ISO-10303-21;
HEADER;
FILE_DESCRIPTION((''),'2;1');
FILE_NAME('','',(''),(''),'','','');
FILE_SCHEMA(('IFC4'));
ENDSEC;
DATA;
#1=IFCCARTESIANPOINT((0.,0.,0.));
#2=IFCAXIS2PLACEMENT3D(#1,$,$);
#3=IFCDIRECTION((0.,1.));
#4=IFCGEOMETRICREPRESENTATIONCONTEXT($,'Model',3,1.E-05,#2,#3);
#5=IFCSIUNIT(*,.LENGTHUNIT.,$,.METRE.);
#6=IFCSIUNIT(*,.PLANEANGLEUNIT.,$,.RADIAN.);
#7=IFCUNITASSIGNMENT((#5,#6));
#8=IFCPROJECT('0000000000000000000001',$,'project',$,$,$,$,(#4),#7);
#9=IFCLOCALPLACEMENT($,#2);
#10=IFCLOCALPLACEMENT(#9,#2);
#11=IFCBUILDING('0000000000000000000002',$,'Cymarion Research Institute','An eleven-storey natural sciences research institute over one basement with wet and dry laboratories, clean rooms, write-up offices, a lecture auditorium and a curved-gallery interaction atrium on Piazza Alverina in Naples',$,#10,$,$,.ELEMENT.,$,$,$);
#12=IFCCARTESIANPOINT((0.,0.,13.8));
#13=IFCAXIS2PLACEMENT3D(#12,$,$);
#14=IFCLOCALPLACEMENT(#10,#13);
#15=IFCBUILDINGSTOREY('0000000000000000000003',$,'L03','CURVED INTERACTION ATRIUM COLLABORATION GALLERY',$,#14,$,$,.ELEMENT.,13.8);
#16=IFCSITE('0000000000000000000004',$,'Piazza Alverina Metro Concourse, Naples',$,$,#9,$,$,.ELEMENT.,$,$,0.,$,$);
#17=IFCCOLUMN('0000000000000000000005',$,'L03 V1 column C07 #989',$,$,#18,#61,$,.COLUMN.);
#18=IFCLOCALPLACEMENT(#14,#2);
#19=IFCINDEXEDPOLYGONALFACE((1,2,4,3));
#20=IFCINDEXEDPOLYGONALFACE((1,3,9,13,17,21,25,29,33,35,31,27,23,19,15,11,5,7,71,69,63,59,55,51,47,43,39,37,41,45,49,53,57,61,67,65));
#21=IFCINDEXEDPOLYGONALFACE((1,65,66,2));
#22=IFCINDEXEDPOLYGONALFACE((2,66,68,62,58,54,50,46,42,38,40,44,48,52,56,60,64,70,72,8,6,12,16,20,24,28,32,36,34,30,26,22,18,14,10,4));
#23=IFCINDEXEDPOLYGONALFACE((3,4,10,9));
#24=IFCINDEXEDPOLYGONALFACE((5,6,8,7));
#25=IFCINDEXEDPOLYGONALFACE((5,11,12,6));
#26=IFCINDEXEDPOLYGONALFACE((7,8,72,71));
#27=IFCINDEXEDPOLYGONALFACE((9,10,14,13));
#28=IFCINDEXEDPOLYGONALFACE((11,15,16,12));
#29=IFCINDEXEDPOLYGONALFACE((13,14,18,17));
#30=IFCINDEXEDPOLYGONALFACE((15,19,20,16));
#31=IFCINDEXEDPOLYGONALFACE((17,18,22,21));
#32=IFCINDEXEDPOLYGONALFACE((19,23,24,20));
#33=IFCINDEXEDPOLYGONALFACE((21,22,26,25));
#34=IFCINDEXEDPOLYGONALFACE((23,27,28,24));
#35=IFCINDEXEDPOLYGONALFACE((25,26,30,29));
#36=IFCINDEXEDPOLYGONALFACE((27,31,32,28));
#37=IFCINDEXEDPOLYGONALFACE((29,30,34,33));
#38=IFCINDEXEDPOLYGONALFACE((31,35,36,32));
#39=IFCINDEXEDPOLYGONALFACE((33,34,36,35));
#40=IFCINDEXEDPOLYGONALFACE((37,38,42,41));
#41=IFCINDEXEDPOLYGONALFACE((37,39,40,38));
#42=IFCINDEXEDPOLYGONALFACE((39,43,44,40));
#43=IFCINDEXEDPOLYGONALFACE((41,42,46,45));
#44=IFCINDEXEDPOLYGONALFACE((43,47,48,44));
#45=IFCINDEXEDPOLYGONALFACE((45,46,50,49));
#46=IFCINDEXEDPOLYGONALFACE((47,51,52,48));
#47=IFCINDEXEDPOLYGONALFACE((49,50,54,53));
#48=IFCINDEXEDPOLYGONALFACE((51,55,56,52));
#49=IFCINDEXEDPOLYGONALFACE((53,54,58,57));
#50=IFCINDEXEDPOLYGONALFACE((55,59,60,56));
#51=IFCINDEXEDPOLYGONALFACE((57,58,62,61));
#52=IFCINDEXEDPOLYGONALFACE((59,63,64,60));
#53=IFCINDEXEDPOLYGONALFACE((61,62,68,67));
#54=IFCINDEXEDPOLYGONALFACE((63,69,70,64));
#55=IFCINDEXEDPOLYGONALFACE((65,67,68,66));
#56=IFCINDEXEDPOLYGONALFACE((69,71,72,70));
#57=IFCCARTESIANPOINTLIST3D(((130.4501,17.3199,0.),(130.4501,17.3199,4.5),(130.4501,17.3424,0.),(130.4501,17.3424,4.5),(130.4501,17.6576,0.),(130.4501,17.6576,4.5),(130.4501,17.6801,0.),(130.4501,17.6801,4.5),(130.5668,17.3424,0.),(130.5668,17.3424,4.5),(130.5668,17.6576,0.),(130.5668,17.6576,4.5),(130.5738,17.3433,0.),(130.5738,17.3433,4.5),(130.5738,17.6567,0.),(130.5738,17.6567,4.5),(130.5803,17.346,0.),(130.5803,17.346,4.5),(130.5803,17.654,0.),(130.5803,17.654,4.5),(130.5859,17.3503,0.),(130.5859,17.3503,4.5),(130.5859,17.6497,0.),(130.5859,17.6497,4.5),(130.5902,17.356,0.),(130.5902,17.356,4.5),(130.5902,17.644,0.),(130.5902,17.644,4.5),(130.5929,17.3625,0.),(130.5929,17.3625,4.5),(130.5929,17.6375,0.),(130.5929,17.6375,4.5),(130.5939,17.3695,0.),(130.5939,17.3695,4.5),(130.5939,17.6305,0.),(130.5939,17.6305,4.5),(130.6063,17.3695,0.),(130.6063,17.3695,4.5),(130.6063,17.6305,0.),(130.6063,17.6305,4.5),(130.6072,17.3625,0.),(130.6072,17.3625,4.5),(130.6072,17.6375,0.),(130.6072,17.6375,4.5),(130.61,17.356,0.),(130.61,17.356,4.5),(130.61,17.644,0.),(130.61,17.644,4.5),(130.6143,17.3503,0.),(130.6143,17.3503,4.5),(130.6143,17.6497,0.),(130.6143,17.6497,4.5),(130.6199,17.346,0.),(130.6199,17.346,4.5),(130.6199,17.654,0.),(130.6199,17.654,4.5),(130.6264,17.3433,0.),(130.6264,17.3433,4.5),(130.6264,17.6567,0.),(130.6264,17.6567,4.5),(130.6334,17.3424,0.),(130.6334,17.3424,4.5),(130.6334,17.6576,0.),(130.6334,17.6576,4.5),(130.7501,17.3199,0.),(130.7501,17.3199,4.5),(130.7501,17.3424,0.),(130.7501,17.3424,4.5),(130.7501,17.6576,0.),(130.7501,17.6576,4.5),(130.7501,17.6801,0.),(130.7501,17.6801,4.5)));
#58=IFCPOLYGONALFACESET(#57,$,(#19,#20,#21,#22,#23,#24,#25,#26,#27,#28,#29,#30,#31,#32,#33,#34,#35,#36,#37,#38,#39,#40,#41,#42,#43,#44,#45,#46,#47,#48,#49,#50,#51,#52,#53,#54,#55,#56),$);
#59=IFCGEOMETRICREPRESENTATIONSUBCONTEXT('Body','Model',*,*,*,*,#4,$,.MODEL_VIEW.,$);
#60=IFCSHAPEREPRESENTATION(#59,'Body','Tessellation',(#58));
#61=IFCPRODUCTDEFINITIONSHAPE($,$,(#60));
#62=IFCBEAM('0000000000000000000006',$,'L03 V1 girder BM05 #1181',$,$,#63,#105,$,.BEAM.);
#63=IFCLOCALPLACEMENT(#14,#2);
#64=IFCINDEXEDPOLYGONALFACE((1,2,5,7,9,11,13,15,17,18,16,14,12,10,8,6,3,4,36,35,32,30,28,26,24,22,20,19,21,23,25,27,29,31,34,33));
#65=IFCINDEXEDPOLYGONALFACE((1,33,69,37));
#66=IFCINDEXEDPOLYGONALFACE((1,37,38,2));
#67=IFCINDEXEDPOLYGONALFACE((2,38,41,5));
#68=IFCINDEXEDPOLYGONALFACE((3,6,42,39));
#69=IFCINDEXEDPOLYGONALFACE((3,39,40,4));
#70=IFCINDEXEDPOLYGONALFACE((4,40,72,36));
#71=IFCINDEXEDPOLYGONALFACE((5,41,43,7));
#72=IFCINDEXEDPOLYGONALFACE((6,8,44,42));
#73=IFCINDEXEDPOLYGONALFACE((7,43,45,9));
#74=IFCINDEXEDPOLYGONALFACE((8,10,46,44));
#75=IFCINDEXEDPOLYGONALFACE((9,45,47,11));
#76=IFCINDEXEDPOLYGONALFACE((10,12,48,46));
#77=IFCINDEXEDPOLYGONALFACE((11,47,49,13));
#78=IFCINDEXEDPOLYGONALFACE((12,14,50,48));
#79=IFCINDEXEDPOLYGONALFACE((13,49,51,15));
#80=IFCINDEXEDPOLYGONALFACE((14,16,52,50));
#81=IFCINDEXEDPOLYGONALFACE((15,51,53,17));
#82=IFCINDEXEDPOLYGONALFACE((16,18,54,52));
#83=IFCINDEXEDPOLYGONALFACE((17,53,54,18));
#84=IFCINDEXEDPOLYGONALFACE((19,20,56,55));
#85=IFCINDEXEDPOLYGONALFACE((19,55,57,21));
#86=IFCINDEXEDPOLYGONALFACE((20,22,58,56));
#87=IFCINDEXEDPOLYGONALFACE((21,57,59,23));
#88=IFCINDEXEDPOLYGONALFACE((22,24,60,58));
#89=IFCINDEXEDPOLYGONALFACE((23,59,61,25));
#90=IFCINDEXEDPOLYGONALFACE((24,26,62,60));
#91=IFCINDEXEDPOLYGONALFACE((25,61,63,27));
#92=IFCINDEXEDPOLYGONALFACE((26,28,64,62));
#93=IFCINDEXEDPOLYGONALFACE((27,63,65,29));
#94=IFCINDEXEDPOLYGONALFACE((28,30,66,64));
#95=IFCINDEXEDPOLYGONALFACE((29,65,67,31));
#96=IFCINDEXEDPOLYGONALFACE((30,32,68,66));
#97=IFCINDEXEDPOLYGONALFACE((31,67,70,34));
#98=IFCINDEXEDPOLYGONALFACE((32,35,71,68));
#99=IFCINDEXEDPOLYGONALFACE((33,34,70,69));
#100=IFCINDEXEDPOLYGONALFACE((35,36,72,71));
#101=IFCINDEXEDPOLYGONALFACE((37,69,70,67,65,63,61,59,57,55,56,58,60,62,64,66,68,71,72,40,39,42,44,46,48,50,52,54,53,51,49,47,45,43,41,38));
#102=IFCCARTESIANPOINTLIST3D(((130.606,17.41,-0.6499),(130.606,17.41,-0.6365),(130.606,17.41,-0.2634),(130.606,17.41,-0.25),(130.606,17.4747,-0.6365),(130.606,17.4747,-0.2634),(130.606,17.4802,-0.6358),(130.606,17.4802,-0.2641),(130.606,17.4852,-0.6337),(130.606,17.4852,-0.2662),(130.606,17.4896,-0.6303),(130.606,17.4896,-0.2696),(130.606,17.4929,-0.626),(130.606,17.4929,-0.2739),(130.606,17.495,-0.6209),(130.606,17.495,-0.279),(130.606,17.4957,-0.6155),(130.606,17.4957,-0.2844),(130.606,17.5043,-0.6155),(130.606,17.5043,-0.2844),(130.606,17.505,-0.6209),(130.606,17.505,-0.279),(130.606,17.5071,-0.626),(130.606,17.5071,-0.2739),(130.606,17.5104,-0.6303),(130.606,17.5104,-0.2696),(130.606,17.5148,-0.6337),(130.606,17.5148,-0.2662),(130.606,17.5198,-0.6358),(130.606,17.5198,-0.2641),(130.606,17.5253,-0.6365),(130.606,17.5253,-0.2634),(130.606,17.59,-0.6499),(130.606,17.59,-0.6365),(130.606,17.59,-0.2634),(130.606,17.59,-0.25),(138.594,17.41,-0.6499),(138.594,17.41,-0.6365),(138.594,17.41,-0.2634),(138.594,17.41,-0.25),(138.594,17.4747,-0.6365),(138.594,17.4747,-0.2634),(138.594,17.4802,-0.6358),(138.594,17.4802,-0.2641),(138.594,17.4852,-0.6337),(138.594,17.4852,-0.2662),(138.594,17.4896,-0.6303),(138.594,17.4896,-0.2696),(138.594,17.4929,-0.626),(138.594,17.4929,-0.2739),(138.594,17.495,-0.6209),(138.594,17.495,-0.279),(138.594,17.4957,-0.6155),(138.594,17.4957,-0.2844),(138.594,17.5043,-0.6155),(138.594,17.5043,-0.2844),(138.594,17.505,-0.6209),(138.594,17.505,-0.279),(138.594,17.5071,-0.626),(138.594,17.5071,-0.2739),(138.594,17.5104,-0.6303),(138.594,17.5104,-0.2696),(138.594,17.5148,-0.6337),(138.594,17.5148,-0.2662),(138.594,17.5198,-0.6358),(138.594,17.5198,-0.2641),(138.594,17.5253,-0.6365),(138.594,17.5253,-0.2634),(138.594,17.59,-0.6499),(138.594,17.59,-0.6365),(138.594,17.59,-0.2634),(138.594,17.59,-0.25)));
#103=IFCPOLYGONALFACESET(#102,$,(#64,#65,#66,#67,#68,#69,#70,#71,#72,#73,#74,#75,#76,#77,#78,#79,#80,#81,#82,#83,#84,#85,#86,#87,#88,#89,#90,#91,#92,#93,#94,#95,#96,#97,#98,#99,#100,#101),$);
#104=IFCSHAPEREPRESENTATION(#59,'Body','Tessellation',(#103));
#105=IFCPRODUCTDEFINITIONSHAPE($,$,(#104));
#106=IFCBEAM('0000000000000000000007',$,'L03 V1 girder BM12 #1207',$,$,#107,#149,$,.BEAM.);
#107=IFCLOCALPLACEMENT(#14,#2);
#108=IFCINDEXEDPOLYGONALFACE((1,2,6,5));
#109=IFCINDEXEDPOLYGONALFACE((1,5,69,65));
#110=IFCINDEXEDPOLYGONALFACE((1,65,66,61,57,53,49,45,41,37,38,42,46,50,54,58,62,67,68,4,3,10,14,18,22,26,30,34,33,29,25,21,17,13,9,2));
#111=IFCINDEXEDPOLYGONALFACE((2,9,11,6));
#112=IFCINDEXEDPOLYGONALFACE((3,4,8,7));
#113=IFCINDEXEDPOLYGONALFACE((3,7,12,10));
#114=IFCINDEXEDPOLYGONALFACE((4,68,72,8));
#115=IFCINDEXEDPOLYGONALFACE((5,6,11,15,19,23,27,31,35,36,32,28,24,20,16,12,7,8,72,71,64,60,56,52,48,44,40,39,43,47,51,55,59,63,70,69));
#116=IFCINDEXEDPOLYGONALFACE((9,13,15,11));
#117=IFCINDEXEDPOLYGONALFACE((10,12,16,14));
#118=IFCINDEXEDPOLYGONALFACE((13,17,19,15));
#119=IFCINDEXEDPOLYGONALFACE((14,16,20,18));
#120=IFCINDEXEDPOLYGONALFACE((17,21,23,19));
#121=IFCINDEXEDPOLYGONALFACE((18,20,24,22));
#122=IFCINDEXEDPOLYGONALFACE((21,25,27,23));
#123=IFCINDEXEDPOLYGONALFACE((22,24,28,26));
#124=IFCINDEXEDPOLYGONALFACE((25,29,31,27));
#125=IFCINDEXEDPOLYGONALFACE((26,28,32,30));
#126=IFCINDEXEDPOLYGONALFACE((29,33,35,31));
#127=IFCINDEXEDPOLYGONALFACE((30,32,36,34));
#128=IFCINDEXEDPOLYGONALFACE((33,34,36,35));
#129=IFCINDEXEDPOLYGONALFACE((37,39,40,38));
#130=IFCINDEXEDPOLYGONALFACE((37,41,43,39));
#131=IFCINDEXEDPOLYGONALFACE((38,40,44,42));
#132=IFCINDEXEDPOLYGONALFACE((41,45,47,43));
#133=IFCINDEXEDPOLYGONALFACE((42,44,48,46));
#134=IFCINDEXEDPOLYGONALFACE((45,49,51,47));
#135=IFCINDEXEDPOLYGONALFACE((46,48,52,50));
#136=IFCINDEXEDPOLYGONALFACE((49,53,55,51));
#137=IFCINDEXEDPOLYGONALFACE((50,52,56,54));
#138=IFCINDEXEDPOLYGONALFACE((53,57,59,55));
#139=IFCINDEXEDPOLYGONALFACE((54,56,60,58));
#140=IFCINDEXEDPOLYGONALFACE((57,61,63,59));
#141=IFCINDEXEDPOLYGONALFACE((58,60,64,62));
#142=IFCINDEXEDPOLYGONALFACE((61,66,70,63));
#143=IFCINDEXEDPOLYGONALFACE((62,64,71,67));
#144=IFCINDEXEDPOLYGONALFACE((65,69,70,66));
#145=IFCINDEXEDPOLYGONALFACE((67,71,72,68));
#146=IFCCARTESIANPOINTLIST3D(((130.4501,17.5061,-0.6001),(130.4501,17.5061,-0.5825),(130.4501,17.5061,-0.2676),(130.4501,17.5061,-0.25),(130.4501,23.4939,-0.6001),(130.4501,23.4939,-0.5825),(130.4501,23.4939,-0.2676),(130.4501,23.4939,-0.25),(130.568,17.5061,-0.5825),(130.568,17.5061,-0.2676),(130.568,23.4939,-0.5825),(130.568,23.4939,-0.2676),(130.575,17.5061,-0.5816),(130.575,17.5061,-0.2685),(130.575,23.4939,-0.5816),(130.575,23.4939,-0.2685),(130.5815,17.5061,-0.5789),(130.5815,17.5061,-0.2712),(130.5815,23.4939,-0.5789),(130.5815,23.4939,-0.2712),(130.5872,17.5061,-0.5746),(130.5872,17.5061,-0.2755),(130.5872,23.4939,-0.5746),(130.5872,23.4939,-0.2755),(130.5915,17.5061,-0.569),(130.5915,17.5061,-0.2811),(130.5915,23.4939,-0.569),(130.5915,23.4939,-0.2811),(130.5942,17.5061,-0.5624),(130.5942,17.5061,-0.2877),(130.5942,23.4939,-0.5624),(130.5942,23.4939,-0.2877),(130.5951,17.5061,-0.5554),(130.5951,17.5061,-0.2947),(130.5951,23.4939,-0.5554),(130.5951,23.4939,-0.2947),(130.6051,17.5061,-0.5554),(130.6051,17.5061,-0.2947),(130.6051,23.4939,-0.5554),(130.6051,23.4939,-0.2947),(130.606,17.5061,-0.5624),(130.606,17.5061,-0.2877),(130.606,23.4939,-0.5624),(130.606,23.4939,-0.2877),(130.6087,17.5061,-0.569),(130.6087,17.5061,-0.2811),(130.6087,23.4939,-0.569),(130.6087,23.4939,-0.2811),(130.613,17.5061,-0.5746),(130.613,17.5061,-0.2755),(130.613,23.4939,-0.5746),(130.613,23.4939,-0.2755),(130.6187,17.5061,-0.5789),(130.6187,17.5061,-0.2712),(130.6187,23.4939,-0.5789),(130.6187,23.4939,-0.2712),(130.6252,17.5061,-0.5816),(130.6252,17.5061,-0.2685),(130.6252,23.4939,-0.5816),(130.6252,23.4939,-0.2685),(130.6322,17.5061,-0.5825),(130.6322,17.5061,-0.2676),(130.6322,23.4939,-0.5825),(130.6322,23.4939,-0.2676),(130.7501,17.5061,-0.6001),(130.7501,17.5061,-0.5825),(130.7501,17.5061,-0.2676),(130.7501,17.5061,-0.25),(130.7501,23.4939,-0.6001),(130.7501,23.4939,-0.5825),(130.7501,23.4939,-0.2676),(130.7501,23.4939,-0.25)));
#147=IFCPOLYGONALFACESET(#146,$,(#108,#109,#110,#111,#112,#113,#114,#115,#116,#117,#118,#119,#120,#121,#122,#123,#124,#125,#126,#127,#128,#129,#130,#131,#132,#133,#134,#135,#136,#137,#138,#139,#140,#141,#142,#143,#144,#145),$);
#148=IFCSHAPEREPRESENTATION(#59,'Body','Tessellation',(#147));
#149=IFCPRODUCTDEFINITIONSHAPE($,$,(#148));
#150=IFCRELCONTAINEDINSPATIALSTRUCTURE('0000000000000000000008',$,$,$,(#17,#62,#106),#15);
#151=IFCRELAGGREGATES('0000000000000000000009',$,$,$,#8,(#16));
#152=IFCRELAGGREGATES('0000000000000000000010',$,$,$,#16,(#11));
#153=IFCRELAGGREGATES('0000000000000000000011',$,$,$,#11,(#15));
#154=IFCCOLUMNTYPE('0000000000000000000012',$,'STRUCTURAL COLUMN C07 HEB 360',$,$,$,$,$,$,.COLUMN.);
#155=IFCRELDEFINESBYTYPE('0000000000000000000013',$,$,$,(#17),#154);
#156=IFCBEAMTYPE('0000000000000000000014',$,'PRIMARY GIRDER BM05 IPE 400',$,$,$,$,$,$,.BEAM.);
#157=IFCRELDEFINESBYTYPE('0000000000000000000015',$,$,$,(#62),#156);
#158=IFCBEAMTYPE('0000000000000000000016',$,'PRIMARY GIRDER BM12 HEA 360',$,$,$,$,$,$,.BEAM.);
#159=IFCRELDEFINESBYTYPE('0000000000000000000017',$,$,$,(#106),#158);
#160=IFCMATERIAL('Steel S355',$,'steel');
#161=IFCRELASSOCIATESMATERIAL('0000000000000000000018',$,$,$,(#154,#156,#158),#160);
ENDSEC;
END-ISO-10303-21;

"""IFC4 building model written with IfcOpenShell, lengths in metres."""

from ifc_helpers import new_model, si_unit, direction, frame, origin, origin_2d, place, context, subcontext, project, spatial, i_section, extrude, material, material_profile, profile_set, type_object, element, save


model = new_model("IFC4")

# Units and contexts
model_context = context("Model", 3, precision=1e-05, world=origin(), true_north=direction((0.0, 1.0)))
body_context = subcontext(model_context, "Body", "Model", "MODEL_VIEW")
ifc_project = project(units=[si_unit("LENGTHUNIT", "METRE"), si_unit("PLANEANGLEUNIT", "RADIAN")], contexts=[model_context])

# Site, building, storey
site_placement = place(None, origin())
site = spatial("IfcSite", under=ifc_project, at=site_placement, Name="Piazza Alverina Metro Concourse, Naples", CompositionType="ELEMENT", RefElevation=0.0)
building_placement = place(site_placement, origin())
building = spatial("IfcBuilding", under=site, at=building_placement, Name="Cymarion Research Institute", Description="An eleven-storey natural sciences research institute over one basement with wet and dry laboratories, clean rooms, write-up offices, a lecture auditorium and a curved-gallery interaction atrium on Piazza Alverina in Naples", CompositionType="ELEMENT")
storey_placement = place(building_placement, frame((0.0, 0.0, 13.8)))
storey = spatial("IfcBuildingStorey", under=building, at=storey_placement, Name="L03", Description="CURVED INTERACTION ATRIUM COLLABORATION GALLERY", CompositionType="ELEMENT", Elevation=13.8)

# Column
ifc_material_1 = material(Name="Steel S355", Category="steel")
ifc_material_profile_1 = material_profile(ifc_material_1, i_section(OverallWidth=0.3, OverallDepth=0.3601, WebThickness=0.0125, FlangeThickness=0.0225, FilletRadius=0.0271, at=origin_2d()), Name="HEB 360")
ifc_profile_set_1 = profile_set([ifc_material_profile_1], Name="Steel S355")
column_type = type_object("IfcColumnType", Name="STRUCTURAL COLUMN C07 HEB 360", PredefinedType="COLUMN", material=ifc_profile_set_1)
column_placement = place(storey_placement, frame((130.6001, 17.5, 0.0), z_axis=(0.0, 0.0, 1.0), x_axis=(1.0, 0.0, 0.0)))
element("IfcColumn", 1, at=column_placement, inside=storey, type_object=column_type, Name="L03 V1 column C07 #989", PredefinedType="COLUMN", context=body_context, shape_type="SweptSolid", body=[
    extrude(i_section(OverallWidth=0.3, OverallDepth=0.3601, WebThickness=0.0125, FlangeThickness=0.0225, FilletRadius=0.0271, at=origin_2d()), origin(), (0.0, 0.0, 1.0), 4.5),
])

# Beams
ifc_material_profile_2 = material_profile(ifc_material_1, i_section(OverallWidth=0.1799, OverallDepth=0.3999, WebThickness=0.0085, FlangeThickness=0.0134, FilletRadius=0.021, at=origin_2d()), Name="IPE 400")
ifc_profile_set_2 = profile_set([ifc_material_profile_2], Name="Steel S355")
beam_type_1 = type_object("IfcBeamType", Name="PRIMARY GIRDER BM05 IPE 400", PredefinedType="BEAM", material=ifc_profile_set_2)
beam_1_placement = place(storey_placement, frame((130.606, 17.5, -0.45), z_axis=(1.0, 0.0, 0.0), x_axis=(0.0, 1.0, 0.0)))
element("IfcBeam", 2, at=beam_1_placement, inside=storey, type_object=beam_type_1, Name="L03 V1 girder BM05 #1181", PredefinedType="BEAM", context=body_context, shape_type="SweptSolid", body=[
    extrude(i_section(OverallWidth=0.1799, OverallDepth=0.3999, WebThickness=0.0085, FlangeThickness=0.0134, FilletRadius=0.021, at=origin_2d()), origin(), (0.0, 0.0, 1.0), 7.988),
])
ifc_material_profile_3 = material_profile(ifc_material_1, i_section(OverallWidth=0.3, OverallDepth=0.3501, WebThickness=0.01, FlangeThickness=0.0176, FilletRadius=0.0271, at=origin_2d()), Name="HEA 360")
ifc_profile_set_3 = profile_set([ifc_material_profile_3], Name="Steel S355")
beam_type_2 = type_object("IfcBeamType", Name="PRIMARY GIRDER BM12 HEA 360", PredefinedType="BEAM", material=ifc_profile_set_3)
beam_2_placement = place(storey_placement, frame((130.6001, 17.5061, -0.425), z_axis=(0.0, 1.0, 0.0), x_axis=(-1.0, 0.0, 0.0)))
element("IfcBeam", 3, at=beam_2_placement, inside=storey, type_object=beam_type_2, Name="L03 V1 girder BM12 #1207", PredefinedType="BEAM", context=body_context, shape_type="SweptSolid", body=[
    extrude(i_section(OverallWidth=0.3, OverallDepth=0.3501, WebThickness=0.01, FlangeThickness=0.0176, FilletRadius=0.0271, at=origin_2d()), origin(), (0.0, 0.0, 1.0), 5.9878),
])

save(model, "model.ifc")
